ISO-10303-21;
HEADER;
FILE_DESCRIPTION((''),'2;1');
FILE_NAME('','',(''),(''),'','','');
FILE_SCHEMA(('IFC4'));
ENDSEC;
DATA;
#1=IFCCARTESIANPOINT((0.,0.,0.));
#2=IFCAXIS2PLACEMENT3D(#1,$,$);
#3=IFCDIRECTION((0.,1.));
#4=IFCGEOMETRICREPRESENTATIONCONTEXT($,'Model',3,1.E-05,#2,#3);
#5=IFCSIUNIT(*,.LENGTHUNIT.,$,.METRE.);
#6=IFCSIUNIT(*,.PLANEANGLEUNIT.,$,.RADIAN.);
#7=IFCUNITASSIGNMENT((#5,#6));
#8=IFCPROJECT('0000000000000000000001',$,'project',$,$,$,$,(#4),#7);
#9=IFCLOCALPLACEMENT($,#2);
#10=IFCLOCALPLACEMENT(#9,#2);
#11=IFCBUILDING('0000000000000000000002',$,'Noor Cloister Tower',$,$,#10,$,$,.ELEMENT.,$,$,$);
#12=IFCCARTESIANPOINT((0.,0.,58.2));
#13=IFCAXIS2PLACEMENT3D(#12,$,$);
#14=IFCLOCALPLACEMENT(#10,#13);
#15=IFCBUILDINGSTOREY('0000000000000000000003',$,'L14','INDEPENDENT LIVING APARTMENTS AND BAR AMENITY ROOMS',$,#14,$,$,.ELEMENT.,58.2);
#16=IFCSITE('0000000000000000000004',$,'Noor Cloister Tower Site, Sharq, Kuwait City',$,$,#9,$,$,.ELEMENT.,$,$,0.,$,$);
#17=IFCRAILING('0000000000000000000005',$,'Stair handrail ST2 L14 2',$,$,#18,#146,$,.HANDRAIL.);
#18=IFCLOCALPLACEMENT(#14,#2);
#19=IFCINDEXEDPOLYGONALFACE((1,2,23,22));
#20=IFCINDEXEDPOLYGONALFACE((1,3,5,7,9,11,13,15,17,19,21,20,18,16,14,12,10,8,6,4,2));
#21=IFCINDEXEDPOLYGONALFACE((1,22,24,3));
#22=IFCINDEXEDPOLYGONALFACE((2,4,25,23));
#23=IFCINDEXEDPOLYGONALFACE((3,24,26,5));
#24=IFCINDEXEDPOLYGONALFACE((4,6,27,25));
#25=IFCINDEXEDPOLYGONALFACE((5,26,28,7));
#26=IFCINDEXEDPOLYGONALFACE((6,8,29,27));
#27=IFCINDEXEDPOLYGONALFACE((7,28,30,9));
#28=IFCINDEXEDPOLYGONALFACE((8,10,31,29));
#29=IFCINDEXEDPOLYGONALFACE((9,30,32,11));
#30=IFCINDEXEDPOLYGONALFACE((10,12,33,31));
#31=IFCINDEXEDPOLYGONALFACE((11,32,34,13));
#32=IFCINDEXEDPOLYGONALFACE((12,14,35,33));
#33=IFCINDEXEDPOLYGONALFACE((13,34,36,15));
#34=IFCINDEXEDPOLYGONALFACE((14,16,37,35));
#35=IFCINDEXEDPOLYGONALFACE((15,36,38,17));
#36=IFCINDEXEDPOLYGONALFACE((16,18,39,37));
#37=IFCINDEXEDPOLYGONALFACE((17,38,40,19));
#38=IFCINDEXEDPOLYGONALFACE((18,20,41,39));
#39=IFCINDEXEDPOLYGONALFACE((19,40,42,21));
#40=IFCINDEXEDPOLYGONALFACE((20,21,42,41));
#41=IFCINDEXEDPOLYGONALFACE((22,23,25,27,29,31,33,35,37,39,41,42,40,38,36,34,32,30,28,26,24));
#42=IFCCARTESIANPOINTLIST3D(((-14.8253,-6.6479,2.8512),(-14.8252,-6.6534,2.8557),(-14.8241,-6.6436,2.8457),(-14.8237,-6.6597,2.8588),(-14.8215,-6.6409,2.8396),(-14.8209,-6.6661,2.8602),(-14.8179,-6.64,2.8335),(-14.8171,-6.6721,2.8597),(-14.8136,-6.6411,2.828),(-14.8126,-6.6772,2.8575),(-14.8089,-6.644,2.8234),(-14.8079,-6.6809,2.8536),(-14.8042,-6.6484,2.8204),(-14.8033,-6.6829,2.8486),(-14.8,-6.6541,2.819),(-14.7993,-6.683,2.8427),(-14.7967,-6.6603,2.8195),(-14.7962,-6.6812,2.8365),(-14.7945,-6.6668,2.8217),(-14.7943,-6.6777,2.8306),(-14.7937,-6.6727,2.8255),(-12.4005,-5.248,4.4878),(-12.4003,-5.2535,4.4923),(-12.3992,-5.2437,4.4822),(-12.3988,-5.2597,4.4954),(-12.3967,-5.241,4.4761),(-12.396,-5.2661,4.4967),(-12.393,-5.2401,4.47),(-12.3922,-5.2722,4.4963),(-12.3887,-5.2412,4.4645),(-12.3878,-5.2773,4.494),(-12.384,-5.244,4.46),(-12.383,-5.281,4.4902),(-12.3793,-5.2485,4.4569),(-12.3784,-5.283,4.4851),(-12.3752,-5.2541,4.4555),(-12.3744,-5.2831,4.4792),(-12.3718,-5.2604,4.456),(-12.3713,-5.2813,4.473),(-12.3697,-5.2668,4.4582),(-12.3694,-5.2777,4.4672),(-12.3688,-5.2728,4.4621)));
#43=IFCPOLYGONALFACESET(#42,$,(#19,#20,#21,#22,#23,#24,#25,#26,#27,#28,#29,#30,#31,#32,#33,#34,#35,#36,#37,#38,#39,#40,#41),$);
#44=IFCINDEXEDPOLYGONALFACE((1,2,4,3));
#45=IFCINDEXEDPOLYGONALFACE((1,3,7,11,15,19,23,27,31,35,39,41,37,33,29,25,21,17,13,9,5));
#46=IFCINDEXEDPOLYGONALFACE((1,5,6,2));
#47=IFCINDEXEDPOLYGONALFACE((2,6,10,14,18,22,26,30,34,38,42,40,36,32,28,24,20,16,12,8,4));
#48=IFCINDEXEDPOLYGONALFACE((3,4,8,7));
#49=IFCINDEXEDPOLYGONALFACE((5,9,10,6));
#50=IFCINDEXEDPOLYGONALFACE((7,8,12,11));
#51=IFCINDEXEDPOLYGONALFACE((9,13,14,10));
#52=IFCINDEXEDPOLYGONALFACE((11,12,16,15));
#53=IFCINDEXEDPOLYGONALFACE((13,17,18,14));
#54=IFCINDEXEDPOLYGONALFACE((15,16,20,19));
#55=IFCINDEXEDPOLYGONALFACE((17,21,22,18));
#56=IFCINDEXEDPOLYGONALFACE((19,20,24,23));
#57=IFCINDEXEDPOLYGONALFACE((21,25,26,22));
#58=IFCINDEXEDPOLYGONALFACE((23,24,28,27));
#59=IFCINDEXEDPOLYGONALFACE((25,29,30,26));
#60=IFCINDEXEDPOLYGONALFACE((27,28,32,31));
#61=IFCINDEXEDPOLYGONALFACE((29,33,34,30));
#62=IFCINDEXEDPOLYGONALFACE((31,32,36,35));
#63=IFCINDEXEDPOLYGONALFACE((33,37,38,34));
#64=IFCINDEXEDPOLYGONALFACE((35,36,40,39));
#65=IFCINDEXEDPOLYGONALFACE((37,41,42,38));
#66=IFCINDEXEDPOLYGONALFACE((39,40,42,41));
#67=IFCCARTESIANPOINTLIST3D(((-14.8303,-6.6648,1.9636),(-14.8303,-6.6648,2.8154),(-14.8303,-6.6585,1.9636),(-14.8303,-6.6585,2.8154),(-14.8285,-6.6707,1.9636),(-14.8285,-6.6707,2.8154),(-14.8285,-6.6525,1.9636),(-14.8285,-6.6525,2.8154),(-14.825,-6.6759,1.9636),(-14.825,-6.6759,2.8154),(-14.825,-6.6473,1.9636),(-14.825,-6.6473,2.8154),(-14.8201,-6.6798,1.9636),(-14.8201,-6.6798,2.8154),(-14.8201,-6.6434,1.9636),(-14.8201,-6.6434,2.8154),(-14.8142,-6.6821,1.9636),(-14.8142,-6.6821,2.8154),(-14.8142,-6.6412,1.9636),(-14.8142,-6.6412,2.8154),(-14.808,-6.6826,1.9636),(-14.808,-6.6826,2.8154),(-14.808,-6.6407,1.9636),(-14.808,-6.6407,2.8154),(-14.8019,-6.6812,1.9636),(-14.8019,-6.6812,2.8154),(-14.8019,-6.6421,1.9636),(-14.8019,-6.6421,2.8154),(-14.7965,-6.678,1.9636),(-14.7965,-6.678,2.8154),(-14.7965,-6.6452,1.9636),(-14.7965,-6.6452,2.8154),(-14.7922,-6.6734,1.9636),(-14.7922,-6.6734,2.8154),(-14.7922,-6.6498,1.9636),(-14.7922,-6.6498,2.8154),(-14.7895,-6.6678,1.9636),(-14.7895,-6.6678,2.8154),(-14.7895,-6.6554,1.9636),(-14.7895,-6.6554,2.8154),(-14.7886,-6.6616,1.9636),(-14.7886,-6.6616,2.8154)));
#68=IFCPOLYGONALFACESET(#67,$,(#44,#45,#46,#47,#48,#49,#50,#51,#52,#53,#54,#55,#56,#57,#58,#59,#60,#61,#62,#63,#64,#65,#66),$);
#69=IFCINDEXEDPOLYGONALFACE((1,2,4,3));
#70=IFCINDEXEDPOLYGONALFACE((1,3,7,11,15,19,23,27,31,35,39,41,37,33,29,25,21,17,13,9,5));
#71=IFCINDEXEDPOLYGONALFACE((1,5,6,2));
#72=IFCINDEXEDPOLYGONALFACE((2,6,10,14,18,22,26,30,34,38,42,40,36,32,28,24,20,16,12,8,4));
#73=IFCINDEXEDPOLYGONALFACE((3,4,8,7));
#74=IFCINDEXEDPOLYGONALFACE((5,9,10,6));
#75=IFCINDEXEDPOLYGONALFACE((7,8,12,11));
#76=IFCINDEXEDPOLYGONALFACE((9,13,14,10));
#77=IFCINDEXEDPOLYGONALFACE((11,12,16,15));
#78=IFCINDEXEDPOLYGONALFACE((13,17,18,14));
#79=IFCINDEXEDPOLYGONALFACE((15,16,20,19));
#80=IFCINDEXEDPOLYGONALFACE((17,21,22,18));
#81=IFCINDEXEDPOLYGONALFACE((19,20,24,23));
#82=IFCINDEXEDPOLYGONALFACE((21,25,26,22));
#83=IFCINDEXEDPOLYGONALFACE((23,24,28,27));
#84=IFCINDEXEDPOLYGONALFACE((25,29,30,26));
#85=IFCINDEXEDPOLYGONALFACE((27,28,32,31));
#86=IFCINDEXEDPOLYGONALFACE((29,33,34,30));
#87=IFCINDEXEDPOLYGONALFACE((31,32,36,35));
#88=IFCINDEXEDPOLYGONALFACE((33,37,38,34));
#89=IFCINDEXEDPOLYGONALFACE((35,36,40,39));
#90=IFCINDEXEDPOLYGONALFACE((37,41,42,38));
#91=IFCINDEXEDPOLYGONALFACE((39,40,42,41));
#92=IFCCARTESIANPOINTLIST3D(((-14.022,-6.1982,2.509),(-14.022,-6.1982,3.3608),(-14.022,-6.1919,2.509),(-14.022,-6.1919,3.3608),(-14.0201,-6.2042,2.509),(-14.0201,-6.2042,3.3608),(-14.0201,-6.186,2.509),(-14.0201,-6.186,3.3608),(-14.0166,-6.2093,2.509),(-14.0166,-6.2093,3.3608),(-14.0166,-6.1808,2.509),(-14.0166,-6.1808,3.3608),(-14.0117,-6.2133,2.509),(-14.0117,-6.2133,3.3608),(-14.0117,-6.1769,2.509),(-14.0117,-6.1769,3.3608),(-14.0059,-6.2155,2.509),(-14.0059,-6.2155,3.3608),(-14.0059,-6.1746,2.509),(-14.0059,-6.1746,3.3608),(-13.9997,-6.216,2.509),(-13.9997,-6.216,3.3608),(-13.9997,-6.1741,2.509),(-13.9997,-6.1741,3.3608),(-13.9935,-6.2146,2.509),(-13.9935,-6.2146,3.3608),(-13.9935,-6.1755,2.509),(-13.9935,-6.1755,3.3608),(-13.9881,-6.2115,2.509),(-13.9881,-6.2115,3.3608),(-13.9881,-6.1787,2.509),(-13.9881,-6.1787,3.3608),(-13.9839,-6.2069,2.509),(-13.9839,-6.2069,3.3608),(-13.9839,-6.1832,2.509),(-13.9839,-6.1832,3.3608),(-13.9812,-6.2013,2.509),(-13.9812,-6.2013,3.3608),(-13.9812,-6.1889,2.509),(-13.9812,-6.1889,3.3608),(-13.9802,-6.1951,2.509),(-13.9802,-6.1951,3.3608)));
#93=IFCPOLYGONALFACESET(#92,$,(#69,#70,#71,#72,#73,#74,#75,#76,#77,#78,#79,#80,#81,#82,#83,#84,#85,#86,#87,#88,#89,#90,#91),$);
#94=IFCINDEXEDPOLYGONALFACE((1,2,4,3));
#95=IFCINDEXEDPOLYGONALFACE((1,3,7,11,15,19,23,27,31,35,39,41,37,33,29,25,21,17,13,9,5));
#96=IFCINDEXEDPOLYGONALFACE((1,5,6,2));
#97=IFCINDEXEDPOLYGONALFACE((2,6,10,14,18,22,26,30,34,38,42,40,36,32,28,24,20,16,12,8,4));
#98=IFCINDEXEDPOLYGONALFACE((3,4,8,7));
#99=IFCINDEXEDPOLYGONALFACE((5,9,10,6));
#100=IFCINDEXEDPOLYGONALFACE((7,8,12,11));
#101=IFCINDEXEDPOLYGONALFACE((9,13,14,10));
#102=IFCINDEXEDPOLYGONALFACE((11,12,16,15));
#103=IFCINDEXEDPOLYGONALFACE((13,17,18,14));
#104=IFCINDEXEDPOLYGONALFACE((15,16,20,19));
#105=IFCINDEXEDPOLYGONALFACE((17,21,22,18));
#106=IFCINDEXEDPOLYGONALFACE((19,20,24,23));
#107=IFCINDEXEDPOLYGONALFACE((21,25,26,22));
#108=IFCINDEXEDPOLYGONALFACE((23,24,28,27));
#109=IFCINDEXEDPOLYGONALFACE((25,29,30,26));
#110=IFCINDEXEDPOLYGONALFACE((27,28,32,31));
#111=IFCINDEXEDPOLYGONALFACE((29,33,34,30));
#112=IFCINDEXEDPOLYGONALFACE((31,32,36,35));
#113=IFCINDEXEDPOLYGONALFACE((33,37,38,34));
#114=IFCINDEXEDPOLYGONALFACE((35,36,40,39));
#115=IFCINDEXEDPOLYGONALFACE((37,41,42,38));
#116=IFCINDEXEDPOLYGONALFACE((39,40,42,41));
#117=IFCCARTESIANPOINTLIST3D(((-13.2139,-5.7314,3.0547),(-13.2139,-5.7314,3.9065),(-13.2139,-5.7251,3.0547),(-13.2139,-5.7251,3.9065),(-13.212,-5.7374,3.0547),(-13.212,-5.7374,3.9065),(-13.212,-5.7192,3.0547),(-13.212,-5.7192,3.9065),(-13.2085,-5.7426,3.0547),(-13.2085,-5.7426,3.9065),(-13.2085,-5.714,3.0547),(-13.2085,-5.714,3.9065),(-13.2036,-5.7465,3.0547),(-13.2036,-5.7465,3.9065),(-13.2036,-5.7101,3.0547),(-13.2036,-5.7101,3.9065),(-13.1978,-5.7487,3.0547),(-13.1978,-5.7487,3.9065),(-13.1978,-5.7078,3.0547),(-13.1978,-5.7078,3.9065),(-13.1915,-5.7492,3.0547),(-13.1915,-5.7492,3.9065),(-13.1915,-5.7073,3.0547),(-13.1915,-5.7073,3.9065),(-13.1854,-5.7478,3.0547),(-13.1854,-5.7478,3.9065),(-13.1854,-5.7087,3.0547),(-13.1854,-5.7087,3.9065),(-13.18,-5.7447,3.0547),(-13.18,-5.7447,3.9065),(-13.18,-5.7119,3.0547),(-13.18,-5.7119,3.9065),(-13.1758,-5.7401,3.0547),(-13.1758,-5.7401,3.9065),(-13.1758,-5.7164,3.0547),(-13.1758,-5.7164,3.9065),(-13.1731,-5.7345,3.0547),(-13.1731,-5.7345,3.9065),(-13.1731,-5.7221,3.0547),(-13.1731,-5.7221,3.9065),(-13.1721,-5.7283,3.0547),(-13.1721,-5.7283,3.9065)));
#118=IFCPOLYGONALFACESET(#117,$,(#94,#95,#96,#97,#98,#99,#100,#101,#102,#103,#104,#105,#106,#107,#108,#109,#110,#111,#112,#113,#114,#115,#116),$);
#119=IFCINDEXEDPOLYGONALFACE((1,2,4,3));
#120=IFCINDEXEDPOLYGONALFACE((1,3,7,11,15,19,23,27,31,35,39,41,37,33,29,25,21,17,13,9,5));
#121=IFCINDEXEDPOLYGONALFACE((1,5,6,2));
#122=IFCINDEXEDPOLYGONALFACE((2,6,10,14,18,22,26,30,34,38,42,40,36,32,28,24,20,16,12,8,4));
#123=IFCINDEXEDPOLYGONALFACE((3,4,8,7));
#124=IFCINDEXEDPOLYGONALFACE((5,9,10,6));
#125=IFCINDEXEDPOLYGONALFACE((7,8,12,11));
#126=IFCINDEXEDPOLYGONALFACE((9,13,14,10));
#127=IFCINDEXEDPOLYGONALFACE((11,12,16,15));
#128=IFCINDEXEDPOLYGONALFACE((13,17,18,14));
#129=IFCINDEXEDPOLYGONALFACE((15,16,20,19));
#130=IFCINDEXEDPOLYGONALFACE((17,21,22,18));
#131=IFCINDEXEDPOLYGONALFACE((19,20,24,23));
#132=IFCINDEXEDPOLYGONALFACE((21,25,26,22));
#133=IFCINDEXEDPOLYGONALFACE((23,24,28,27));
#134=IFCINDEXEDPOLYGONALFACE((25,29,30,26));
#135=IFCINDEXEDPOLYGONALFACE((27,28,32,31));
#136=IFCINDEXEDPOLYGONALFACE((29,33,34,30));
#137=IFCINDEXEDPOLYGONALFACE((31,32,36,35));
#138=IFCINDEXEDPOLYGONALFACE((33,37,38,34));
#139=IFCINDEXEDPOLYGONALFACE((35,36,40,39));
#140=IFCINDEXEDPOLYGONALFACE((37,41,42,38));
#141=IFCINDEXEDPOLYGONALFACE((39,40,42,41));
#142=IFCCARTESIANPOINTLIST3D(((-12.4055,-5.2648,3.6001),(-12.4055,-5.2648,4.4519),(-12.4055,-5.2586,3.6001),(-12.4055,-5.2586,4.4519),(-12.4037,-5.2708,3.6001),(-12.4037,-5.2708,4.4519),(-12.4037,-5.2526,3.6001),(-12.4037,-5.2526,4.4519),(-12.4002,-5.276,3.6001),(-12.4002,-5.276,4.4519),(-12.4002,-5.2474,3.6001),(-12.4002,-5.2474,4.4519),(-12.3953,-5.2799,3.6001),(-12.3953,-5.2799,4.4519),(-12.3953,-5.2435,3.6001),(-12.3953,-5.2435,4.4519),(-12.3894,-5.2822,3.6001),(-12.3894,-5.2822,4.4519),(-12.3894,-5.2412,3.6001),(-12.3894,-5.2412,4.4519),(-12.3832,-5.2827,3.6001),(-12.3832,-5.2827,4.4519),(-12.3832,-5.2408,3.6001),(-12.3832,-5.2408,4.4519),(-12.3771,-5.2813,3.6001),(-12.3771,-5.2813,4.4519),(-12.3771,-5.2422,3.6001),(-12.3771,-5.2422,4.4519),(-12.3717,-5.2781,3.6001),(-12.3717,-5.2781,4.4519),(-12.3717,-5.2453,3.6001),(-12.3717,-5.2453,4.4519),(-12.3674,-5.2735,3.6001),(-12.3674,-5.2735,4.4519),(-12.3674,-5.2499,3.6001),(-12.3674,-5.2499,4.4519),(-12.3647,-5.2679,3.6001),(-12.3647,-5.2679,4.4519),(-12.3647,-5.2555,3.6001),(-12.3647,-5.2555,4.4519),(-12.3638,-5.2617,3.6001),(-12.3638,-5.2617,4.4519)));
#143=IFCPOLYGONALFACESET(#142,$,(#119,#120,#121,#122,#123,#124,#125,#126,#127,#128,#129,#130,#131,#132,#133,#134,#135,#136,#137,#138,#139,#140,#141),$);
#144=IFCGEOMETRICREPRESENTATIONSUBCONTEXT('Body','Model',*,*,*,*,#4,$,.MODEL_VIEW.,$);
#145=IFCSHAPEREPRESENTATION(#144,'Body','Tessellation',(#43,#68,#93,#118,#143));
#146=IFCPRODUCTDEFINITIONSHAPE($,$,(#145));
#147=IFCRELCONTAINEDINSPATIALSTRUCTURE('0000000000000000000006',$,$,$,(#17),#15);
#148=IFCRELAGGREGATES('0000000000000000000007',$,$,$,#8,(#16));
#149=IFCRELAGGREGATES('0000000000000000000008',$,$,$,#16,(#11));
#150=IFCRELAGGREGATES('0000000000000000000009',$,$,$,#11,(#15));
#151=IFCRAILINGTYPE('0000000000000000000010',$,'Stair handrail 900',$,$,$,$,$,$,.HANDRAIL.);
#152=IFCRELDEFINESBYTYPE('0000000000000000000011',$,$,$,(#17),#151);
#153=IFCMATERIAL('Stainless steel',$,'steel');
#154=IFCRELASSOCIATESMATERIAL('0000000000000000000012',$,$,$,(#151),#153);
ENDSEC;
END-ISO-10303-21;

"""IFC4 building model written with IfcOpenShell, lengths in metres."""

from ifc_helpers import new_model, si_unit, direction, frame, origin, origin_2d, place, context, subcontext, project, spatial, circle, extrude, material, type_object, element, save


model = new_model("IFC4")

# Units and contexts
model_context = context("Model", 3, precision=1e-05, world=origin(), true_north=direction((0.0, 1.0)))
body_context = subcontext(model_context, "Body", "Model", "MODEL_VIEW")
ifc_project = project(units=[si_unit("LENGTHUNIT", "METRE"), si_unit("PLANEANGLEUNIT", "RADIAN")], contexts=[model_context])

# Site, building, storey
site_placement = place(None, origin())
site = spatial("IfcSite", under=ifc_project, at=site_placement, Name="Noor Cloister Tower Site, Sharq, Kuwait City", CompositionType="ELEMENT", RefElevation=0.0)
building_placement = place(site_placement, origin())
building = spatial("IfcBuilding", under=site, at=building_placement, Name="Noor Cloister Tower", CompositionType="ELEMENT")
storey_placement = place(building_placement, frame((0.0, 0.0, 58.2)))
storey = spatial("IfcBuildingStorey", under=building, at=storey_placement, Name="L14", Description="INDEPENDENT LIVING APARTMENTS AND BAR AMENITY ROOMS", CompositionType="ELEMENT", Elevation=58.2)

# Railing
ifc_material_1 = material(Name="Stainless steel", Category="steel")
railing_type_1 = type_object("IfcRailingType", Name="Stair handrail 900", PredefinedType="HANDRAIL", material=ifc_material_1)
railing_1_placement = place(storey_placement, frame((-14.8096, -6.6616, 1.9636)))
element("IfcRailing", 1, at=railing_1_placement, inside=storey, type_object=railing_type_1, Name="Stair handrail ST2 L14 2", PredefinedType="HANDRAIL", context=body_context, shape_type="SweptSolid", body=[
    extrude(circle(Radius=0.0239, at=origin_2d()), frame((0.0, 0.0, 0.876), z_axis=(0.74769, 0.431661, 0.504608), x_axis=(-0.499984, 0.866035, 0.0)), (0.0, 0.0, 1.0), 3.2432),
    extrude(circle(Radius=0.021, at=origin_2d()), origin(), (0.0, 0.0, 1.0), 0.8518),
    extrude(circle(Radius=0.021, at=origin_2d()), frame((0.8083, 0.4666, 0.5454)), (0.0, 0.0, 1.0), 0.8518),
    extrude(circle(Radius=0.021, at=origin_2d()), frame((1.6165, 0.9333, 1.0911)), (0.0, 0.0, 1.0), 0.8518),
    extrude(circle(Radius=0.021, at=origin_2d()), frame((2.4248, 1.3999, 1.6365)), (0.0, 0.0, 1.0), 0.8518),
])

save(model, "model.ifc")
